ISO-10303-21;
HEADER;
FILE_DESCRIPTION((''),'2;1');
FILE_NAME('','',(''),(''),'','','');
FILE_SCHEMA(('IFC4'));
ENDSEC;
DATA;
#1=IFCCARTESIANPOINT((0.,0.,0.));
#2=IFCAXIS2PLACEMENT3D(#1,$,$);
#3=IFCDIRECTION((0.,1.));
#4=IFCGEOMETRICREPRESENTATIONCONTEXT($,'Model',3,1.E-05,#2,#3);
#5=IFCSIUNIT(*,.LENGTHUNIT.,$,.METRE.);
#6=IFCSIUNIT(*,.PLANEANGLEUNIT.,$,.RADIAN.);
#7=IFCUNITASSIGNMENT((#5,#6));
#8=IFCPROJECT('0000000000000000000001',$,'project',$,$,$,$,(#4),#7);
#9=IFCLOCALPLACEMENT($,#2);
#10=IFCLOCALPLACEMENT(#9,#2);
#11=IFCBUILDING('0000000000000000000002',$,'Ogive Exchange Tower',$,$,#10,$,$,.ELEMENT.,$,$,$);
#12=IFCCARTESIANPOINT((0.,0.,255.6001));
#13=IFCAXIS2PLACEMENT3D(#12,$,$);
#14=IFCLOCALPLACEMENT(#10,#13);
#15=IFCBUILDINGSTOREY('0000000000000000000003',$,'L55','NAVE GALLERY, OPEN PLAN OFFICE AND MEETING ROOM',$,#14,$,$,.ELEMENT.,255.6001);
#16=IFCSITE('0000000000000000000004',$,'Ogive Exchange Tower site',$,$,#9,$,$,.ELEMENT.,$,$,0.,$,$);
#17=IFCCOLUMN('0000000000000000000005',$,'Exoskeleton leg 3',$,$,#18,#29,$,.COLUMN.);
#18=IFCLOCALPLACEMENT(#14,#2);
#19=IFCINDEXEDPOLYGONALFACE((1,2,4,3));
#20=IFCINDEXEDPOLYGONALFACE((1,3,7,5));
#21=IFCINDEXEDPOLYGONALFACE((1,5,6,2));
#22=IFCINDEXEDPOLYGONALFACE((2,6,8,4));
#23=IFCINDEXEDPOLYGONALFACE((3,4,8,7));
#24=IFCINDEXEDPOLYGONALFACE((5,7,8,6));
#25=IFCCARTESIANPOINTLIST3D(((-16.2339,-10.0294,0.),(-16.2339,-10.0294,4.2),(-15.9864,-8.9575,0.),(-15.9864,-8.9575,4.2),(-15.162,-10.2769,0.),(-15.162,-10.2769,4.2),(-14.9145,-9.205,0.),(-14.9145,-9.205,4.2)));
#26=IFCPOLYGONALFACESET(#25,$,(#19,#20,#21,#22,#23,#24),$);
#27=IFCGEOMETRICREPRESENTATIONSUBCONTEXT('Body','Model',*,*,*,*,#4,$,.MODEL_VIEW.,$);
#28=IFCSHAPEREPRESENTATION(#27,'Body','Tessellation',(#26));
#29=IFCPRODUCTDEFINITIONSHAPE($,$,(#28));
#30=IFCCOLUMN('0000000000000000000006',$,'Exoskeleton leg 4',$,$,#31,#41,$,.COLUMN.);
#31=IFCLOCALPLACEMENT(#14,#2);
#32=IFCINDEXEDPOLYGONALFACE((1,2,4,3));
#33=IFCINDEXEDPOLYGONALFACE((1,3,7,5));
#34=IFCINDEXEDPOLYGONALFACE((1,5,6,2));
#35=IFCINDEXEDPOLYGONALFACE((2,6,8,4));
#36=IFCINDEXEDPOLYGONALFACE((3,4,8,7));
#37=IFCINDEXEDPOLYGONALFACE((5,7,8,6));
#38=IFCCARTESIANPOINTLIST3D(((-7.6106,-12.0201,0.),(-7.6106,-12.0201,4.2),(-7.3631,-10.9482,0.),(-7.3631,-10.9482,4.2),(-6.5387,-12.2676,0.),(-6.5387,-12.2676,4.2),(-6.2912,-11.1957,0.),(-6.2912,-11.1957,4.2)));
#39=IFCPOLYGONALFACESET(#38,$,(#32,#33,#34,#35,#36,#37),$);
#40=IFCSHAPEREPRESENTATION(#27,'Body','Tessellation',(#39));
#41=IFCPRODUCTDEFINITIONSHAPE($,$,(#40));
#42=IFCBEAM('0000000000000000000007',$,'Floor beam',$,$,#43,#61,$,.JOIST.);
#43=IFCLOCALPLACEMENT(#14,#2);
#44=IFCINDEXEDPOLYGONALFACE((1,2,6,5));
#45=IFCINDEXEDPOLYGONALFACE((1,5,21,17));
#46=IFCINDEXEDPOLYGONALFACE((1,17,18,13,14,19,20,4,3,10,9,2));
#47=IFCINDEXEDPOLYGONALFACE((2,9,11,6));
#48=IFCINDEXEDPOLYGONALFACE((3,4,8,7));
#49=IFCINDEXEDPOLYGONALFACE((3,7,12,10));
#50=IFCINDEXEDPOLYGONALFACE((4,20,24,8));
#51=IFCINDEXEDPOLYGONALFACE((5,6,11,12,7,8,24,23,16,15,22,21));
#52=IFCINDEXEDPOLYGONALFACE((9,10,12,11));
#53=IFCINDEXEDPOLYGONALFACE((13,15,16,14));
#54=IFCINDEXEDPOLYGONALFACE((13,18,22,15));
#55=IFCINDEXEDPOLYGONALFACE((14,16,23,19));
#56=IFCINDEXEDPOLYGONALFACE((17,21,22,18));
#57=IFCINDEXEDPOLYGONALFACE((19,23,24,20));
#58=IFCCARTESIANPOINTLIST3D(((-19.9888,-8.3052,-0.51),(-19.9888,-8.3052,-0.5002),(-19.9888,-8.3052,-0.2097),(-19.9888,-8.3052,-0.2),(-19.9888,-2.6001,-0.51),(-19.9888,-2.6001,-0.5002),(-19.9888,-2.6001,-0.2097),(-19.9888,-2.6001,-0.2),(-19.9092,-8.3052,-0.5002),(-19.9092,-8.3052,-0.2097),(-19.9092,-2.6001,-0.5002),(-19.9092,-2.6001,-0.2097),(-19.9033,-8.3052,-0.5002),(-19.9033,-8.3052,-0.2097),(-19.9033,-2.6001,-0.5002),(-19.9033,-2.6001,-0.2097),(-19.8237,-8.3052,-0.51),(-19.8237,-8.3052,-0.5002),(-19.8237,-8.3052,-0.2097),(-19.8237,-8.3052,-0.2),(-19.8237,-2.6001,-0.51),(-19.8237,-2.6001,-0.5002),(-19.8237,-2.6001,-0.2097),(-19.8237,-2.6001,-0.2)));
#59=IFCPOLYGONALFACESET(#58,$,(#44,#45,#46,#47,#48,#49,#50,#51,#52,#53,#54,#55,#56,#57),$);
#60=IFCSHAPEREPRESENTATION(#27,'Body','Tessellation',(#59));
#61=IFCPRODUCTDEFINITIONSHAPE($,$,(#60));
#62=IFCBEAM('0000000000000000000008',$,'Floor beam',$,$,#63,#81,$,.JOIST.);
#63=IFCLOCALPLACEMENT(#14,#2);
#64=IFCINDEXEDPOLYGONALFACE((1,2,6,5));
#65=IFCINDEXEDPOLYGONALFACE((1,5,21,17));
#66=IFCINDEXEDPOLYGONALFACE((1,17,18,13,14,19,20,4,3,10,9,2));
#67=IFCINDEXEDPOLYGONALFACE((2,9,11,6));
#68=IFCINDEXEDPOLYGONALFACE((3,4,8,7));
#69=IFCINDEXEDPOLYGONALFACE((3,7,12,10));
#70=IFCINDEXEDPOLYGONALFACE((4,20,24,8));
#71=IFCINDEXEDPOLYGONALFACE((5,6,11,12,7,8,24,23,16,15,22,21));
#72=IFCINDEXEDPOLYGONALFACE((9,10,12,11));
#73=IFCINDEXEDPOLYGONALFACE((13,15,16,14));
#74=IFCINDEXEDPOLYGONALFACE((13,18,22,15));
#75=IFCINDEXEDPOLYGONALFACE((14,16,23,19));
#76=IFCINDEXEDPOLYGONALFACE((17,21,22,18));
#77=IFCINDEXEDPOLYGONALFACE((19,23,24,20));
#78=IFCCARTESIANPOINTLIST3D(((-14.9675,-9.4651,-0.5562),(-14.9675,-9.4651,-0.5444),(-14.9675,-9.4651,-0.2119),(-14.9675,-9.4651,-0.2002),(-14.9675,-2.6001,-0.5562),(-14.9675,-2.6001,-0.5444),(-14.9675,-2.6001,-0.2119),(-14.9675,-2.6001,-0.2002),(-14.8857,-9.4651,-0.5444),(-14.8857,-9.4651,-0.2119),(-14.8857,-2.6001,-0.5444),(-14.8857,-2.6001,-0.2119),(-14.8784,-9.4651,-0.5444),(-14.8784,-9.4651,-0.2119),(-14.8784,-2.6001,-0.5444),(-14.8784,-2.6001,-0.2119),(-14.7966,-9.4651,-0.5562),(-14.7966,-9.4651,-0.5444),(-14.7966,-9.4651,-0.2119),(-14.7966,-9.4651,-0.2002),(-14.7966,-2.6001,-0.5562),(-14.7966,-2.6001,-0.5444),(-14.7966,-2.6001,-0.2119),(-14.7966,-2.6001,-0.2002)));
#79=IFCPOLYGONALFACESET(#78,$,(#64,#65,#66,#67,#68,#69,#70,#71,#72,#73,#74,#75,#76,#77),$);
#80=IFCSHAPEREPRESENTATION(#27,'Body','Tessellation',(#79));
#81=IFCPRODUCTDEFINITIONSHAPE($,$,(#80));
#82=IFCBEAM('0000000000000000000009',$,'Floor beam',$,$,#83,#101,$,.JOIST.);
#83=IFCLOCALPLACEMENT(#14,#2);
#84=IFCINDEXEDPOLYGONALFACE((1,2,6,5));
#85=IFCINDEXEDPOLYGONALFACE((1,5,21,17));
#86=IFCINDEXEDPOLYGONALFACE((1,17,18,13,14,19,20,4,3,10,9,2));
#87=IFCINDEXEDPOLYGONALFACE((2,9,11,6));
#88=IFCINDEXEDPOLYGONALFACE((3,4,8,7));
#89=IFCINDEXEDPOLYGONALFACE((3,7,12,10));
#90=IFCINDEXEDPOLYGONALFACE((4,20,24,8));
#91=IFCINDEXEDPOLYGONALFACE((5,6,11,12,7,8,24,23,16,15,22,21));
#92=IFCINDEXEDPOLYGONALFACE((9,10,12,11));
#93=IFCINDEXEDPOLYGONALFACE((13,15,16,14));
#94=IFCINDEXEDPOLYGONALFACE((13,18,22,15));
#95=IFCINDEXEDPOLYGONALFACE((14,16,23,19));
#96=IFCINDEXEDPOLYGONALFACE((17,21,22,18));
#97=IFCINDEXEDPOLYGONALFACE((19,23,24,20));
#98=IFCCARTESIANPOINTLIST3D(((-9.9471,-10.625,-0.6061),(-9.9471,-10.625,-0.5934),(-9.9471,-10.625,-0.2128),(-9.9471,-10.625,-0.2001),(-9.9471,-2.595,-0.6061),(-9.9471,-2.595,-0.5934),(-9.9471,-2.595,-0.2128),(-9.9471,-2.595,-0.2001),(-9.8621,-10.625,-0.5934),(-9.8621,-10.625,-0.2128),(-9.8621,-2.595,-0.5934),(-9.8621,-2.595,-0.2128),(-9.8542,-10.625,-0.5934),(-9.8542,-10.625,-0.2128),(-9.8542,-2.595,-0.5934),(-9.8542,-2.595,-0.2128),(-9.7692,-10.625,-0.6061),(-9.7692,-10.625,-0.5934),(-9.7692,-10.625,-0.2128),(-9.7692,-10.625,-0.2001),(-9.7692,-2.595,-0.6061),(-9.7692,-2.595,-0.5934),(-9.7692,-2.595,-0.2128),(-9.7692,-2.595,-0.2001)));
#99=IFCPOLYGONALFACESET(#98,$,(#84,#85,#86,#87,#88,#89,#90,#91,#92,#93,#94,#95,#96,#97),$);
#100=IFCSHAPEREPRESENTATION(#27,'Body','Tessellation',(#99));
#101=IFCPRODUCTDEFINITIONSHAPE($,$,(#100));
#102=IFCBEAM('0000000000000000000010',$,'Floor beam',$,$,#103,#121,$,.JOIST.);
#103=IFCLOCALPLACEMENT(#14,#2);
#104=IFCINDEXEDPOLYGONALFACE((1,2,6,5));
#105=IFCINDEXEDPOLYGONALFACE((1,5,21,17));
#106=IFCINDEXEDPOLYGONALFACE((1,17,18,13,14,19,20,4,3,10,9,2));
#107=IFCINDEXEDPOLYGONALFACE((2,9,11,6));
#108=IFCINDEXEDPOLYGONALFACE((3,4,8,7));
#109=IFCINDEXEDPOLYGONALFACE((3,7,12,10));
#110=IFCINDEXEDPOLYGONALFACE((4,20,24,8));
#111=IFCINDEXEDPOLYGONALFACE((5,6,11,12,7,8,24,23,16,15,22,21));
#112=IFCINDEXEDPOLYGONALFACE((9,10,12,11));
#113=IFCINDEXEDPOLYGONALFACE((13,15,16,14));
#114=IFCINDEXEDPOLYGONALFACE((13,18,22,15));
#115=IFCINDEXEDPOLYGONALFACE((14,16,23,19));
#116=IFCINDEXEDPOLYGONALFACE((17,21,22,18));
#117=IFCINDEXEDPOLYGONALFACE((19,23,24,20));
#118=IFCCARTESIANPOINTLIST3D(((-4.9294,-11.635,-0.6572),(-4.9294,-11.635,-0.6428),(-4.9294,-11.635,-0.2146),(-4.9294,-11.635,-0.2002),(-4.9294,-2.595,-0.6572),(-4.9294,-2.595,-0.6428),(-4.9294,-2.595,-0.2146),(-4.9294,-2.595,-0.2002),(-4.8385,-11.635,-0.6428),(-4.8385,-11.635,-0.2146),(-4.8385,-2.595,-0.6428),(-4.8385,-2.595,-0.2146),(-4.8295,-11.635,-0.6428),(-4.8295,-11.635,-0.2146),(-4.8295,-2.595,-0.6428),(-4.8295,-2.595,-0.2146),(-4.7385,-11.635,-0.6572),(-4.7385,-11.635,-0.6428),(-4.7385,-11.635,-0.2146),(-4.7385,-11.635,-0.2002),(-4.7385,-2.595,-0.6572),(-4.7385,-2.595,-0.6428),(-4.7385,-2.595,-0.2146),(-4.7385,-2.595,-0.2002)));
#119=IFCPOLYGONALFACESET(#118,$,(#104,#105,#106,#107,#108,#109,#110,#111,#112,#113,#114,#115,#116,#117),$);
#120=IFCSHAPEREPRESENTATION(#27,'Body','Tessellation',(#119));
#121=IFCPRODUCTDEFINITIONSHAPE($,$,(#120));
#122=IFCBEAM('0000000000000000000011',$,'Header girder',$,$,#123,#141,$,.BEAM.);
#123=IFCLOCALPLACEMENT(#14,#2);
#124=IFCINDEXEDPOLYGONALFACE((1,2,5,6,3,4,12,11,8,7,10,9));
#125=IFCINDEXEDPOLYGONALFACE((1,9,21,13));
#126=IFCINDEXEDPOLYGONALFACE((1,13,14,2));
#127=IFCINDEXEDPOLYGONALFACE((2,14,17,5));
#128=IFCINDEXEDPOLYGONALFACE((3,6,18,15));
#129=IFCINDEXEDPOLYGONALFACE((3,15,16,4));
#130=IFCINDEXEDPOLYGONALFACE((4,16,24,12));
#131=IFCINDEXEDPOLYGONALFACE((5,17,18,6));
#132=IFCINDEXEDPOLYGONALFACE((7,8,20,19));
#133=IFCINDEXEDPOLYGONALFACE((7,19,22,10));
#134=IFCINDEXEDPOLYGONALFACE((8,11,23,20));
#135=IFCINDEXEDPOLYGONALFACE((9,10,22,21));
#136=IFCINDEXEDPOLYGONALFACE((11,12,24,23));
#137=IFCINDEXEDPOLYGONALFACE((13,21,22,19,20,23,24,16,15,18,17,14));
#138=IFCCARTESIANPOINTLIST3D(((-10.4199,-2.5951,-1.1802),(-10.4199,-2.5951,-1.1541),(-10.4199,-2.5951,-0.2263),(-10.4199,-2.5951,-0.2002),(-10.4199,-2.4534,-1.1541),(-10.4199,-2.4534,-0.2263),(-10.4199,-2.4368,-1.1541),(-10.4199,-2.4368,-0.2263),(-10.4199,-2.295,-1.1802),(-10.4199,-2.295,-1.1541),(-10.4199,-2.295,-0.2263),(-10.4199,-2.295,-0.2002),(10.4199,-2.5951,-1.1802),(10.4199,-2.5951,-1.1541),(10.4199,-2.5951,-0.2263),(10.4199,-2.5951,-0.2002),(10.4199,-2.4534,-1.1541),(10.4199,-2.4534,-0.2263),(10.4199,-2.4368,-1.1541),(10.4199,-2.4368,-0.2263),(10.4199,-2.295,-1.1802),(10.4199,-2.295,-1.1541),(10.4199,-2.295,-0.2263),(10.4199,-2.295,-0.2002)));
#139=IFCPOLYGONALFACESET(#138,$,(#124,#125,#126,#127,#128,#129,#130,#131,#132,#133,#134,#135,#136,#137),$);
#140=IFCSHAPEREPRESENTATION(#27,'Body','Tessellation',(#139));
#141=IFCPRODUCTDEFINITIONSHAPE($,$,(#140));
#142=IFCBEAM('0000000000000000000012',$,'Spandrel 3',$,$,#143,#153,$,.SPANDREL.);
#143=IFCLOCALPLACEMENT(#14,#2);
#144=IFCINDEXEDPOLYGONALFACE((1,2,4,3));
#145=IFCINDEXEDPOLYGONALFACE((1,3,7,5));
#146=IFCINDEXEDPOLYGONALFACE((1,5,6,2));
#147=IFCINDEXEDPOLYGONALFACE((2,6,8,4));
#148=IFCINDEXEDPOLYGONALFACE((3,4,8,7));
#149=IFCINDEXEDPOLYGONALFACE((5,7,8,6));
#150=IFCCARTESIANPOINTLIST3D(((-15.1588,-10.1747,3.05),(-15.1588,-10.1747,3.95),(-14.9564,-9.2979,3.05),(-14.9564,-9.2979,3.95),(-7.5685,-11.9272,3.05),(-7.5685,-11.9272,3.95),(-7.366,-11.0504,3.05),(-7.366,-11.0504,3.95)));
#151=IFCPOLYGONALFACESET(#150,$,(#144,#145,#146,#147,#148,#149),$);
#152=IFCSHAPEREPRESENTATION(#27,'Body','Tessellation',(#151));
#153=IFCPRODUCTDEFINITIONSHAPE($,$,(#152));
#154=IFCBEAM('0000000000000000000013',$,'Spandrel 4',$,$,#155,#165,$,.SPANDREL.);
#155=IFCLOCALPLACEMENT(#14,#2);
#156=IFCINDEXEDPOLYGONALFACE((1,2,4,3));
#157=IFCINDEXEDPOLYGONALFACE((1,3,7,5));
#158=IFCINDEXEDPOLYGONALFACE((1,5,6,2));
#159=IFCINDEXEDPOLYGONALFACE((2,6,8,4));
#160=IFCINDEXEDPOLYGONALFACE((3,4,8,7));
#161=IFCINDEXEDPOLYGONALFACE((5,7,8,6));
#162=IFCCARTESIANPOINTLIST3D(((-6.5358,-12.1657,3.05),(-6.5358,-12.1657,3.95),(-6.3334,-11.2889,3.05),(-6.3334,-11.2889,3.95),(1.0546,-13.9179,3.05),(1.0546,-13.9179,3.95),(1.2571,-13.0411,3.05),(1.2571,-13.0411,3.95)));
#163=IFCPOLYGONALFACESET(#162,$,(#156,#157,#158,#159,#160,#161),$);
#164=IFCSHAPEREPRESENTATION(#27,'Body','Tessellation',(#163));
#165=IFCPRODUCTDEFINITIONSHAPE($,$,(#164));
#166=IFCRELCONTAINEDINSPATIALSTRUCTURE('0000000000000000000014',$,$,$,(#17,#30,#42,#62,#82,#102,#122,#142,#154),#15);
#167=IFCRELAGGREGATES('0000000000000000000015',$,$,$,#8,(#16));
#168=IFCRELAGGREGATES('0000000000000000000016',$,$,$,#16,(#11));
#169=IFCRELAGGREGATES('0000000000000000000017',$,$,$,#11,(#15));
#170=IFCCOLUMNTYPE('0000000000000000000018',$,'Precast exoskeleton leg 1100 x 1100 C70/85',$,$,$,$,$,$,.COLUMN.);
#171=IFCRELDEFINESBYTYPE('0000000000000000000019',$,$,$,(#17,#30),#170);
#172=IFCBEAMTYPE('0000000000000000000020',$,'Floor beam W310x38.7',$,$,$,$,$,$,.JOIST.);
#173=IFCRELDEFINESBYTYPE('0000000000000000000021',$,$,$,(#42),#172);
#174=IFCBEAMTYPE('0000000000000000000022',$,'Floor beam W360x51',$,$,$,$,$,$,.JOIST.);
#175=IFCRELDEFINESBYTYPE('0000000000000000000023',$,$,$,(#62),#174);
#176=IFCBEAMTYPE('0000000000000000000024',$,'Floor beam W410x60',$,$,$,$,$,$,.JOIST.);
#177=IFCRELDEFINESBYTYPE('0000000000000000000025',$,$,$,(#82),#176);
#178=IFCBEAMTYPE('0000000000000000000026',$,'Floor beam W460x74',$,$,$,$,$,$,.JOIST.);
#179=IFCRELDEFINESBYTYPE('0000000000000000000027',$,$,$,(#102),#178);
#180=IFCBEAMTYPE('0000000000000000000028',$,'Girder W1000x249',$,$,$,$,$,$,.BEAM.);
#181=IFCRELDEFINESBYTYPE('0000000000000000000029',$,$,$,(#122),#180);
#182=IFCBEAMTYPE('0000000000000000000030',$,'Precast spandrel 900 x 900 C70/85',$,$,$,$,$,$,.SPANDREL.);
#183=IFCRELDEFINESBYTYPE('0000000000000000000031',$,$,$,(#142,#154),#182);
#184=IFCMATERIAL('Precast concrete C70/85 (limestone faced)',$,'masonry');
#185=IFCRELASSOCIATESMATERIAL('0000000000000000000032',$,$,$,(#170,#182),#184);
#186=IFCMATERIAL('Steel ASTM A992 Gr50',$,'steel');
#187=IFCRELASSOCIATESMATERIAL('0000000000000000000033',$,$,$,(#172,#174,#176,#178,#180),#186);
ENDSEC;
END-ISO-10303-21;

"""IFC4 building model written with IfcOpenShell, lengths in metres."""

from ifc_helpers import new_model, si_unit, direction, frame, origin, origin_2d, place, context, subcontext, project, spatial, rectangle, i_section, extrude, material, material_profile, profile_set, type_object, element, save


model = new_model("IFC4")

# Units and contexts
model_context = context("Model", 3, precision=1e-05, world=origin(), true_north=direction((0.0, 1.0)))
body_context = subcontext(model_context, "Body", "Model", "MODEL_VIEW")
ifc_project = project(units=[si_unit("LENGTHUNIT", "METRE"), si_unit("PLANEANGLEUNIT", "RADIAN")], contexts=[model_context])

# Site, building, storey
site_placement = place(None, origin())
site = spatial("IfcSite", under=ifc_project, at=site_placement, Name="Ogive Exchange Tower site", CompositionType="ELEMENT", RefElevation=0.0)
building_placement = place(site_placement, origin())
building = spatial("IfcBuilding", under=site, at=building_placement, Name="Ogive Exchange Tower", CompositionType="ELEMENT")
storey_placement = place(building_placement, frame((0.0, 0.0, 255.6001)))
storey = spatial("IfcBuildingStorey", under=building, at=storey_placement, Name="L55", Description="NAVE GALLERY, OPEN PLAN OFFICE AND MEETING ROOM", CompositionType="ELEMENT", Elevation=255.6001)

# Columns
ifc_material_1 = material(Name="Precast concrete C70/85 (limestone faced)", Category="masonry")
ifc_material_profile_1 = material_profile(ifc_material_1, rectangle(XDim=1.1001, YDim=1.1001, at=origin_2d()), Name="1100 x 1100")
ifc_profile_set_1 = profile_set([ifc_material_profile_1], Name="Precast concrete C70/85 (limestone faced)")
column_type = type_object("IfcColumnType", Name="Precast exoskeleton leg 1100 x 1100 C70/85", PredefinedType="COLUMN", material=ifc_profile_set_1)
for number, where, z_axis, x_axis, name in (
    (1, (-15.5742, -9.6172, 0.0), (0.0, 0.0, 1.0), (0.97437, -0.224951, 0.0), "Exoskeleton leg 3"),
    (2, (-6.9509, -11.6079, 0.0), (0.0, 0.0, 1.0), (0.97437, -0.224951, 0.0), "Exoskeleton leg 4"),
):
    element("IfcColumn", number, at=place(storey_placement, frame(where, z_axis=z_axis, x_axis=x_axis)), inside=storey, type_object=column_type, Name=name, PredefinedType="COLUMN", context=body_context, shape_type="SweptSolid", body=[
        extrude(rectangle(XDim=1.1001, YDim=1.1001, at=origin_2d()), origin(), (0.0, 0.0, 1.0), 4.2),
    ])

# Beams
ifc_material_2 = material(Name="Steel ASTM A992 Gr50", Category="steel")
ifc_material_profile_2 = material_profile(ifc_material_2, i_section(OverallWidth=0.165, OverallDepth=0.3101, WebThickness=0.0059, FlangeThickness=0.0098, at=origin_2d()), Name="W310x38.7")
ifc_profile_set_2 = profile_set([ifc_material_profile_2], Name="Steel ASTM A992 Gr50")
beam_type_1 = type_object("IfcBeamType", Name="Floor beam W310x38.7", PredefinedType="JOIST", material=ifc_profile_set_2)
beam_1_placement = place(storey_placement, frame((-19.9062, -8.3052, -0.355), z_axis=(0.0, 1.0, 0.0), x_axis=(-1.0, 0.0, 0.0)))
element("IfcBeam", 3, at=beam_1_placement, inside=storey, type_object=beam_type_1, Name="Floor beam", PredefinedType="JOIST", context=body_context, shape_type="SweptSolid", body=[
    extrude(i_section(OverallWidth=0.165, OverallDepth=0.3101, WebThickness=0.0059, FlangeThickness=0.0098, at=origin_2d()), origin(), (0.0, 0.0, 1.0), 5.7051),
])
ifc_material_profile_3 = material_profile(ifc_material_2, i_section(OverallWidth=0.1709, OverallDepth=0.356, WebThickness=0.0073, FlangeThickness=0.0117, at=origin_2d()), Name="W360x51")
ifc_profile_set_3 = profile_set([ifc_material_profile_3], Name="Steel ASTM A992 Gr50")
beam_type_2 = type_object("IfcBeamType", Name="Floor beam W360x51", PredefinedType="JOIST", material=ifc_profile_set_3)
beam_2_placement = place(storey_placement, frame((-14.8821, -9.4651, -0.3782), z_axis=(0.0, 1.0, 0.0), x_axis=(-1.0, 0.0, 0.0)))
element("IfcBeam", 4, at=beam_2_placement, inside=storey, type_object=beam_type_2, Name="Floor beam", PredefinedType="JOIST", context=body_context, shape_type="SweptSolid", body=[
    extrude(i_section(OverallWidth=0.1709, OverallDepth=0.356, WebThickness=0.0073, FlangeThickness=0.0117, at=origin_2d()), origin(), (0.0, 0.0, 1.0), 6.865),
])
ifc_material_profile_4 = material_profile(ifc_material_2, i_section(OverallWidth=0.178, OverallDepth=0.406, WebThickness=0.0078, FlangeThickness=0.0127, at=origin_2d()), Name="W410x60")
ifc_profile_set_4 = profile_set([ifc_material_profile_4], Name="Steel ASTM A992 Gr50")
beam_type_3 = type_object("IfcBeamType", Name="Floor beam W410x60", PredefinedType="JOIST", material=ifc_profile_set_4)
beam_3_placement = place(storey_placement, frame((-9.8582, -10.625, -0.4031), z_axis=(0.0, 1.0, 0.0), x_axis=(-1.0, 0.0, 0.0)))
element("IfcBeam", 5, at=beam_3_placement, inside=storey, type_object=beam_type_3, Name="Floor beam", PredefinedType="JOIST", context=body_context, shape_type="SweptSolid", body=[
    extrude(i_section(OverallWidth=0.178, OverallDepth=0.406, WebThickness=0.0078, FlangeThickness=0.0127, at=origin_2d()), origin(), (0.0, 0.0, 1.0), 8.03),
])
ifc_material_profile_5 = material_profile(ifc_material_2, i_section(OverallWidth=0.1909, OverallDepth=0.457, WebThickness=0.009, FlangeThickness=0.0144, at=origin_2d()), Name="W460x74")
ifc_profile_set_5 = profile_set([ifc_material_profile_5], Name="Steel ASTM A992 Gr50")
beam_type_4 = type_object("IfcBeamType", Name="Floor beam W460x74", PredefinedType="JOIST", material=ifc_profile_set_5)
beam_4_placement = place(storey_placement, frame((-4.834, -11.635, -0.4287), z_axis=(0.0, 1.0, 0.0), x_axis=(-1.0, 0.0, 0.0)))
element("IfcBeam", 6, at=beam_4_placement, inside=storey, type_object=beam_type_4, Name="Floor beam", PredefinedType="JOIST", context=body_context, shape_type="SweptSolid", body=[
    extrude(i_section(OverallWidth=0.1909, OverallDepth=0.457, WebThickness=0.009, FlangeThickness=0.0144, at=origin_2d()), origin(), (0.0, 0.0, 1.0), 9.04),
])
ifc_material_profile_6 = material_profile(ifc_material_2, i_section(OverallWidth=0.3, OverallDepth=0.98, WebThickness=0.0166, FlangeThickness=0.0261, at=origin_2d()), Name="W1000x249")
ifc_profile_set_6 = profile_set([ifc_material_profile_6], Name="Steel ASTM A992 Gr50")
beam_type_5 = type_object("IfcBeamType", Name="Girder W1000x249", PredefinedType="BEAM", material=ifc_profile_set_6)
beam_5_placement = place(storey_placement, frame((-10.4199, -2.4451, -0.6902), z_axis=(1.0, 0.0, 0.0), x_axis=(0.0, 1.0, 0.0)))
element("IfcBeam", 7, at=beam_5_placement, inside=storey, type_object=beam_type_5, Name="Header girder", PredefinedType="BEAM", context=body_context, shape_type="SweptSolid", body=[
    extrude(i_section(OverallWidth=0.3, OverallDepth=0.98, WebThickness=0.0166, FlangeThickness=0.0261, at=origin_2d()), origin(), (0.0, 0.0, 1.0), 20.8398),
])
ifc_material_profile_7 = material_profile(ifc_material_1, rectangle(XDim=0.8999, YDim=0.8999, at=origin_2d()), Name="900 x 900")
ifc_profile_set_7 = profile_set([ifc_material_profile_7], Name="Precast concrete C70/85 (limestone faced)")
beam_type_6 = type_object("IfcBeamType", Name="Precast spandrel 900 x 900 C70/85", PredefinedType="SPANDREL", material=ifc_profile_set_7)
for number, where, z_axis, x_axis, name in (
    (8, (-15.0576, -9.7363, 3.5), (0.974368, -0.22496, 0.0), (0.22496, 0.974368, 0.0), "Spandrel 3"),
    (9, (-6.4346, -11.7273, 3.5), (0.974375, -0.22493, 0.0), (0.22493, 0.974375, 0.0), "Spandrel 4"),
):
    element("IfcBeam", number, at=place(storey_placement, frame(where, z_axis=z_axis, x_axis=x_axis)), inside=storey, type_object=beam_type_6, Name=name, PredefinedType="SPANDREL", context=body_context, shape_type="SweptSolid", body=[
        extrude(rectangle(XDim=0.8999, YDim=0.8999, at=origin_2d()), origin(), (0.0, 0.0, 1.0), 7.79),
    ])

save(model, "model.ifc")
